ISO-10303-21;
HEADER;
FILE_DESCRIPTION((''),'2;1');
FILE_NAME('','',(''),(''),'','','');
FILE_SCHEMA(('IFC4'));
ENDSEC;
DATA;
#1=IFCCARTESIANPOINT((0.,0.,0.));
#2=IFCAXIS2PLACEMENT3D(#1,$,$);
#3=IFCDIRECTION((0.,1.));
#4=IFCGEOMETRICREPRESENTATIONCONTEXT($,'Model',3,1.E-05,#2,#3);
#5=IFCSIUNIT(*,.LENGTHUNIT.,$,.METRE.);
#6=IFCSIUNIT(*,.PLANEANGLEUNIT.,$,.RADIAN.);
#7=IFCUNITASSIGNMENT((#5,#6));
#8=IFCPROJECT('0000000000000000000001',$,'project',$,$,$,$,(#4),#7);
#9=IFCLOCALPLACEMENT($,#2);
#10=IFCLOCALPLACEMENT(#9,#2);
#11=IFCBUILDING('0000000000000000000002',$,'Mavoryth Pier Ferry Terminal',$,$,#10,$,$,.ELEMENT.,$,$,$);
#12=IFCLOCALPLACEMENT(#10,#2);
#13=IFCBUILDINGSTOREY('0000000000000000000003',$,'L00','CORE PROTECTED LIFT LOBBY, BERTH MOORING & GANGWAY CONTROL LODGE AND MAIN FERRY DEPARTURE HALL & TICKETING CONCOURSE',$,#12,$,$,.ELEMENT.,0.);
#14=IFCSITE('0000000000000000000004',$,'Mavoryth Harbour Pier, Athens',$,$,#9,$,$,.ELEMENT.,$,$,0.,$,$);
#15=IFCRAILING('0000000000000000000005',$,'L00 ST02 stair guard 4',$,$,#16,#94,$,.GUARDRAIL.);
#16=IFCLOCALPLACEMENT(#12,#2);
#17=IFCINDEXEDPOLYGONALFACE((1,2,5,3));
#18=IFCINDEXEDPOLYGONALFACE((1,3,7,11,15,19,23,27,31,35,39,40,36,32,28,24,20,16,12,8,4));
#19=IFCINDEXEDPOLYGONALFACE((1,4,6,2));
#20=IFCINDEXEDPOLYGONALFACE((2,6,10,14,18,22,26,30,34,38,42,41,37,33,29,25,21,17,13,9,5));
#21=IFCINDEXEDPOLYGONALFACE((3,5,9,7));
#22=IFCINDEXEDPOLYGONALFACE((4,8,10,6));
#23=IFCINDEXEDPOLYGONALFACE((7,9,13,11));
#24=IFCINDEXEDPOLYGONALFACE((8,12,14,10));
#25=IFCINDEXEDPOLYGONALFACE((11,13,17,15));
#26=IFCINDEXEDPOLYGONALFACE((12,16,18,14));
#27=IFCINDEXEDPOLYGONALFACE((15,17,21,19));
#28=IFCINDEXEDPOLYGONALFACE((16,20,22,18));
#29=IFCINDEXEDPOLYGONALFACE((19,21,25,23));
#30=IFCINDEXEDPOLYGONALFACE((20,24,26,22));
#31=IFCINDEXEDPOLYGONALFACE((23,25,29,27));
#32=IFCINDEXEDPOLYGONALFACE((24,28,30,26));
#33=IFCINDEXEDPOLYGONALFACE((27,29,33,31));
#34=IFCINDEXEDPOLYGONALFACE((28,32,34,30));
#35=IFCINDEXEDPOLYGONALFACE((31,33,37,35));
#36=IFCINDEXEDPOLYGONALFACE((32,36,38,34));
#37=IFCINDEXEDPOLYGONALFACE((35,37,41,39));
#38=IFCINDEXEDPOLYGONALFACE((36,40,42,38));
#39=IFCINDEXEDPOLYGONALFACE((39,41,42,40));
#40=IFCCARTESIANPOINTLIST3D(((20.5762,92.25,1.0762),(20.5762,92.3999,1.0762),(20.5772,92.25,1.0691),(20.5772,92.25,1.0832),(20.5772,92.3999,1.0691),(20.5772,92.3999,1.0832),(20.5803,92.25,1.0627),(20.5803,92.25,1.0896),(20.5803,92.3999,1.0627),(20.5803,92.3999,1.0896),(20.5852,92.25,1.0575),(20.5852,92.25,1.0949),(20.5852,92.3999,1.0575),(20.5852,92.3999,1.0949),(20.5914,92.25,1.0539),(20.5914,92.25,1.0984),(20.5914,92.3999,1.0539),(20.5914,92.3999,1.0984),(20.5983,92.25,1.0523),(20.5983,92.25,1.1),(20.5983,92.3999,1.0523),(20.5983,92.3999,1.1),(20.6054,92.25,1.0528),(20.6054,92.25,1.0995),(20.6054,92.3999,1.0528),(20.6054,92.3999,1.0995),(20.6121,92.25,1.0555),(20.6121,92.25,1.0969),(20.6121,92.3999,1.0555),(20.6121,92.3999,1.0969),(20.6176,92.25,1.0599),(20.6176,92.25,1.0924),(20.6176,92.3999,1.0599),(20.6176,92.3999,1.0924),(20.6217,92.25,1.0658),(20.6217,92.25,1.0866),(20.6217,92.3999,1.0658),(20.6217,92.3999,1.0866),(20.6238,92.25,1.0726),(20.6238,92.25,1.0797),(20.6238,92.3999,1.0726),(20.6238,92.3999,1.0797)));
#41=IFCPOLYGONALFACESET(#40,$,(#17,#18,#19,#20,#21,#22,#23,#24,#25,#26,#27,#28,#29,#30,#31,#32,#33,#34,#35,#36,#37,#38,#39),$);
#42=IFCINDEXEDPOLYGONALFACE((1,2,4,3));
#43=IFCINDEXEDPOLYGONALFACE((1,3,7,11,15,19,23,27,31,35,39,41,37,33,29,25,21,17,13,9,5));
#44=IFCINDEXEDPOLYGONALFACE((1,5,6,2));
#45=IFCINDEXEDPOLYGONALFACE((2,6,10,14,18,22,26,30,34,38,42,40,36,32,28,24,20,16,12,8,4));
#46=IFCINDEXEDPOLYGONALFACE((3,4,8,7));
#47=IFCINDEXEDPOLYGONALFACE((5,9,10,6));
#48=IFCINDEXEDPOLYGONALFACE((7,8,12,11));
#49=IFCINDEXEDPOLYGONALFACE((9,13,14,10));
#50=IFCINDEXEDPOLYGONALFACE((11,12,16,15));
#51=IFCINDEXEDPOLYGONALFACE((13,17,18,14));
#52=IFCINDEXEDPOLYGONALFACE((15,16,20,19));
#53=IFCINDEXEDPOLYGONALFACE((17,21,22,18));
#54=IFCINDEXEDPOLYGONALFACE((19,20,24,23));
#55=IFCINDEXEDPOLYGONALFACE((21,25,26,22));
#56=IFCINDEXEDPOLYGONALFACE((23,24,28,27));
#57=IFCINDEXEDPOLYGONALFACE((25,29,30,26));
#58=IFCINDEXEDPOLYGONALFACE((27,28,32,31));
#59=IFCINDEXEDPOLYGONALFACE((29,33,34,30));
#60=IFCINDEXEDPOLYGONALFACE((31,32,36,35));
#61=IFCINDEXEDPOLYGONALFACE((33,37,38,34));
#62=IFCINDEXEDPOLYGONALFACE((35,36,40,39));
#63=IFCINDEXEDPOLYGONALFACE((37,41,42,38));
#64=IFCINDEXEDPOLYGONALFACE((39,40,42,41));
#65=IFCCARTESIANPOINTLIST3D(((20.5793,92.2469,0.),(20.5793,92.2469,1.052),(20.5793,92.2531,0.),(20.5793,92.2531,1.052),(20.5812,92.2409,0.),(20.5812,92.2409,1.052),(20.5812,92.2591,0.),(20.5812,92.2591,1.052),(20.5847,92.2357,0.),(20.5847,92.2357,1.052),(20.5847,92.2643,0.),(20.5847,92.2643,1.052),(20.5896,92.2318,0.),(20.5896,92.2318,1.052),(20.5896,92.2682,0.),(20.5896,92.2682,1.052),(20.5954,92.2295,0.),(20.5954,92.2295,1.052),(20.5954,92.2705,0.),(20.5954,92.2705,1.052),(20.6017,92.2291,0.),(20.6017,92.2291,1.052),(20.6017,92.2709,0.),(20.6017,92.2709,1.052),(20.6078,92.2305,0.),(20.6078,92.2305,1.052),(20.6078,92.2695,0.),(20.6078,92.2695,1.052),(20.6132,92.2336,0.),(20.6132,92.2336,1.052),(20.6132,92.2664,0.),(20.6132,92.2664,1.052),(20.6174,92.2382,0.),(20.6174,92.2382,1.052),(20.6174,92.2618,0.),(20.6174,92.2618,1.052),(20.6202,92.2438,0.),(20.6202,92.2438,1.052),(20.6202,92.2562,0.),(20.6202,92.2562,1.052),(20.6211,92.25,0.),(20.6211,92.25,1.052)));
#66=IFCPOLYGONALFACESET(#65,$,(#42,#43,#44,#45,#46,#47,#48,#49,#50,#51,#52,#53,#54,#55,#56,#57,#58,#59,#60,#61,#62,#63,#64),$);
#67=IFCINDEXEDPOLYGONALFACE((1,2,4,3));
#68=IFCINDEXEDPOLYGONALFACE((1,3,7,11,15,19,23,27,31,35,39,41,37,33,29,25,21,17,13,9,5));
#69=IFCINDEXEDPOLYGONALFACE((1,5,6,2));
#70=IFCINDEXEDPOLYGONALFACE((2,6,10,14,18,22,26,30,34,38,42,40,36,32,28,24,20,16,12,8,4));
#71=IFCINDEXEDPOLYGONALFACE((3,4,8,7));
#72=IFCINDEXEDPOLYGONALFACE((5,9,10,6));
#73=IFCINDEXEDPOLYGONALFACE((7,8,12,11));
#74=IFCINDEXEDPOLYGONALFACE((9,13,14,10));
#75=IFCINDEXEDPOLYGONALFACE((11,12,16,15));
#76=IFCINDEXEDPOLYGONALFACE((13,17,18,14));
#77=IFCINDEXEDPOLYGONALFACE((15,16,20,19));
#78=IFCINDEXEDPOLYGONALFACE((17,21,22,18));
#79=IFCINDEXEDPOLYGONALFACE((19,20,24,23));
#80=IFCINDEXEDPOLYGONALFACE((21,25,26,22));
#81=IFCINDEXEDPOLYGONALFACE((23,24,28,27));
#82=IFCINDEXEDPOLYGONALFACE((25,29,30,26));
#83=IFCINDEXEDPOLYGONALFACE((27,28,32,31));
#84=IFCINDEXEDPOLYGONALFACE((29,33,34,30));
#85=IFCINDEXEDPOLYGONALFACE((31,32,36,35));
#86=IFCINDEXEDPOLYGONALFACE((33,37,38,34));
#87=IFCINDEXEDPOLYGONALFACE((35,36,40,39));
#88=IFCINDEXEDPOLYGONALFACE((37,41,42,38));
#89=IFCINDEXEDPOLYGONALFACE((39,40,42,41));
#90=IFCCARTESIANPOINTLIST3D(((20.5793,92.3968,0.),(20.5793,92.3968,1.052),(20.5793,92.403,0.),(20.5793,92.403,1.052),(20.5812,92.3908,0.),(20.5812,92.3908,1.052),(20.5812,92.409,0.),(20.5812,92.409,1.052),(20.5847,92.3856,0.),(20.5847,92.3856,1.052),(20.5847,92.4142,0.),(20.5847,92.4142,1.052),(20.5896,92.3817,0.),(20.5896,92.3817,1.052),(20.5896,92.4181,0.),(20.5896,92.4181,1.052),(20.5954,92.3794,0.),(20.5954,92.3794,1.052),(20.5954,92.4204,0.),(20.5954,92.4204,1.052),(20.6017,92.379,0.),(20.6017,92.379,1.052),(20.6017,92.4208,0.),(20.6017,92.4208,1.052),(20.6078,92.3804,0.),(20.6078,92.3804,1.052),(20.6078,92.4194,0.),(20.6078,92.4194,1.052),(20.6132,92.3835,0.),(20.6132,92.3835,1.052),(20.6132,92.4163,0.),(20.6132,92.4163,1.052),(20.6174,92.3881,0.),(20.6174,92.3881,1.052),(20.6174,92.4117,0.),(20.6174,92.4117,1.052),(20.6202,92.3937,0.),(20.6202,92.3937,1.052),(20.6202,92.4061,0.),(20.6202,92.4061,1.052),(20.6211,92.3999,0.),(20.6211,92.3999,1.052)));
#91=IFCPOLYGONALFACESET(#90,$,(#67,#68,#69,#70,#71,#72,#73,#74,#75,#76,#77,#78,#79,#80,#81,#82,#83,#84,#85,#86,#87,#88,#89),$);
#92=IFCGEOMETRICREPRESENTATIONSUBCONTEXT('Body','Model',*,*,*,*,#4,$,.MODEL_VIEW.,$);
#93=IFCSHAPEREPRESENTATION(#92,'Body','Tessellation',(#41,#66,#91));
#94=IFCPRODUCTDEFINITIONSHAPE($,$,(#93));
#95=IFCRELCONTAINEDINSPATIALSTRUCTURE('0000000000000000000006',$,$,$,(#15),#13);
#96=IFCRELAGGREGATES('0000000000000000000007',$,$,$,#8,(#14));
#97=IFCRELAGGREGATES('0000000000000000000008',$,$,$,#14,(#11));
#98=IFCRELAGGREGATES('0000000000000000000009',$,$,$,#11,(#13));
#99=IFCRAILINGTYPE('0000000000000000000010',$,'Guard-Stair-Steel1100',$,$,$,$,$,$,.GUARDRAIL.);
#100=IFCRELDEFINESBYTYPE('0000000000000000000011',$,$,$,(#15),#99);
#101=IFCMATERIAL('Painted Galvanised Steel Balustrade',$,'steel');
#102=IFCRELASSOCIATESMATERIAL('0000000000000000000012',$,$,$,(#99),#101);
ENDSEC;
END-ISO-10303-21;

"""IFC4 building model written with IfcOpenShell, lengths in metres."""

from ifc_helpers import new_model, si_unit, direction, frame, origin, origin_2d, place, context, subcontext, project, spatial, circle, extrude, material, type_object, element, save


model = new_model("IFC4")

# Units and contexts
model_context = context("Model", 3, precision=1e-05, world=origin(), true_north=direction((0.0, 1.0)))
body_context = subcontext(model_context, "Body", "Model", "MODEL_VIEW")
ifc_project = project(units=[si_unit("LENGTHUNIT", "METRE"), si_unit("PLANEANGLEUNIT", "RADIAN")], contexts=[model_context])

# Site, building, storey
site_placement = place(None, origin())
site = spatial("IfcSite", under=ifc_project, at=site_placement, Name="Mavoryth Harbour Pier, Athens", CompositionType="ELEMENT", RefElevation=0.0)
building_placement = place(site_placement, origin())
building = spatial("IfcBuilding", under=site, at=building_placement, Name="Mavoryth Pier Ferry Terminal", CompositionType="ELEMENT")
storey_placement = place(building_placement, origin())
storey = spatial("IfcBuildingStorey", under=building, at=storey_placement, Name="L00", Description="CORE PROTECTED LIFT LOBBY, BERTH MOORING & GANGWAY CONTROL LODGE AND MAIN FERRY DEPARTURE HALL & TICKETING CONCOURSE", CompositionType="ELEMENT", Elevation=0.0)

# Railing
ifc_material_1 = material(Name="Painted Galvanised Steel Balustrade", Category="steel")
railing_type = type_object("IfcRailingType", Name="Guard-Stair-Steel1100", PredefinedType="GUARDRAIL", material=ifc_material_1)
railing_placement = place(storey_placement, frame((20.6001, 92.25, 0.0)))
element("IfcRailing", 1, at=railing_placement, inside=storey, type_object=railing_type, Name="L00 ST02 stair guard 4", PredefinedType="GUARDRAIL", context=body_context, shape_type="SweptSolid", body=[
    extrude(circle(Radius=0.0239, at=origin_2d()), frame((0.0, 0.0, 1.0762), z_axis=(0.0, 1.0, 0.0), x_axis=(-1.0, 0.0, 0.0)), (0.0, 0.0, 1.0), 0.1499),
    extrude(circle(Radius=0.021, at=origin_2d()), origin(), (0.0, 0.0, 1.0), 1.052),
    extrude(circle(Radius=0.021, at=origin_2d()), frame((0.0, 0.1499, 0.0)), (0.0, 0.0, 1.0), 1.052),
])

save(model, "model.ifc")
